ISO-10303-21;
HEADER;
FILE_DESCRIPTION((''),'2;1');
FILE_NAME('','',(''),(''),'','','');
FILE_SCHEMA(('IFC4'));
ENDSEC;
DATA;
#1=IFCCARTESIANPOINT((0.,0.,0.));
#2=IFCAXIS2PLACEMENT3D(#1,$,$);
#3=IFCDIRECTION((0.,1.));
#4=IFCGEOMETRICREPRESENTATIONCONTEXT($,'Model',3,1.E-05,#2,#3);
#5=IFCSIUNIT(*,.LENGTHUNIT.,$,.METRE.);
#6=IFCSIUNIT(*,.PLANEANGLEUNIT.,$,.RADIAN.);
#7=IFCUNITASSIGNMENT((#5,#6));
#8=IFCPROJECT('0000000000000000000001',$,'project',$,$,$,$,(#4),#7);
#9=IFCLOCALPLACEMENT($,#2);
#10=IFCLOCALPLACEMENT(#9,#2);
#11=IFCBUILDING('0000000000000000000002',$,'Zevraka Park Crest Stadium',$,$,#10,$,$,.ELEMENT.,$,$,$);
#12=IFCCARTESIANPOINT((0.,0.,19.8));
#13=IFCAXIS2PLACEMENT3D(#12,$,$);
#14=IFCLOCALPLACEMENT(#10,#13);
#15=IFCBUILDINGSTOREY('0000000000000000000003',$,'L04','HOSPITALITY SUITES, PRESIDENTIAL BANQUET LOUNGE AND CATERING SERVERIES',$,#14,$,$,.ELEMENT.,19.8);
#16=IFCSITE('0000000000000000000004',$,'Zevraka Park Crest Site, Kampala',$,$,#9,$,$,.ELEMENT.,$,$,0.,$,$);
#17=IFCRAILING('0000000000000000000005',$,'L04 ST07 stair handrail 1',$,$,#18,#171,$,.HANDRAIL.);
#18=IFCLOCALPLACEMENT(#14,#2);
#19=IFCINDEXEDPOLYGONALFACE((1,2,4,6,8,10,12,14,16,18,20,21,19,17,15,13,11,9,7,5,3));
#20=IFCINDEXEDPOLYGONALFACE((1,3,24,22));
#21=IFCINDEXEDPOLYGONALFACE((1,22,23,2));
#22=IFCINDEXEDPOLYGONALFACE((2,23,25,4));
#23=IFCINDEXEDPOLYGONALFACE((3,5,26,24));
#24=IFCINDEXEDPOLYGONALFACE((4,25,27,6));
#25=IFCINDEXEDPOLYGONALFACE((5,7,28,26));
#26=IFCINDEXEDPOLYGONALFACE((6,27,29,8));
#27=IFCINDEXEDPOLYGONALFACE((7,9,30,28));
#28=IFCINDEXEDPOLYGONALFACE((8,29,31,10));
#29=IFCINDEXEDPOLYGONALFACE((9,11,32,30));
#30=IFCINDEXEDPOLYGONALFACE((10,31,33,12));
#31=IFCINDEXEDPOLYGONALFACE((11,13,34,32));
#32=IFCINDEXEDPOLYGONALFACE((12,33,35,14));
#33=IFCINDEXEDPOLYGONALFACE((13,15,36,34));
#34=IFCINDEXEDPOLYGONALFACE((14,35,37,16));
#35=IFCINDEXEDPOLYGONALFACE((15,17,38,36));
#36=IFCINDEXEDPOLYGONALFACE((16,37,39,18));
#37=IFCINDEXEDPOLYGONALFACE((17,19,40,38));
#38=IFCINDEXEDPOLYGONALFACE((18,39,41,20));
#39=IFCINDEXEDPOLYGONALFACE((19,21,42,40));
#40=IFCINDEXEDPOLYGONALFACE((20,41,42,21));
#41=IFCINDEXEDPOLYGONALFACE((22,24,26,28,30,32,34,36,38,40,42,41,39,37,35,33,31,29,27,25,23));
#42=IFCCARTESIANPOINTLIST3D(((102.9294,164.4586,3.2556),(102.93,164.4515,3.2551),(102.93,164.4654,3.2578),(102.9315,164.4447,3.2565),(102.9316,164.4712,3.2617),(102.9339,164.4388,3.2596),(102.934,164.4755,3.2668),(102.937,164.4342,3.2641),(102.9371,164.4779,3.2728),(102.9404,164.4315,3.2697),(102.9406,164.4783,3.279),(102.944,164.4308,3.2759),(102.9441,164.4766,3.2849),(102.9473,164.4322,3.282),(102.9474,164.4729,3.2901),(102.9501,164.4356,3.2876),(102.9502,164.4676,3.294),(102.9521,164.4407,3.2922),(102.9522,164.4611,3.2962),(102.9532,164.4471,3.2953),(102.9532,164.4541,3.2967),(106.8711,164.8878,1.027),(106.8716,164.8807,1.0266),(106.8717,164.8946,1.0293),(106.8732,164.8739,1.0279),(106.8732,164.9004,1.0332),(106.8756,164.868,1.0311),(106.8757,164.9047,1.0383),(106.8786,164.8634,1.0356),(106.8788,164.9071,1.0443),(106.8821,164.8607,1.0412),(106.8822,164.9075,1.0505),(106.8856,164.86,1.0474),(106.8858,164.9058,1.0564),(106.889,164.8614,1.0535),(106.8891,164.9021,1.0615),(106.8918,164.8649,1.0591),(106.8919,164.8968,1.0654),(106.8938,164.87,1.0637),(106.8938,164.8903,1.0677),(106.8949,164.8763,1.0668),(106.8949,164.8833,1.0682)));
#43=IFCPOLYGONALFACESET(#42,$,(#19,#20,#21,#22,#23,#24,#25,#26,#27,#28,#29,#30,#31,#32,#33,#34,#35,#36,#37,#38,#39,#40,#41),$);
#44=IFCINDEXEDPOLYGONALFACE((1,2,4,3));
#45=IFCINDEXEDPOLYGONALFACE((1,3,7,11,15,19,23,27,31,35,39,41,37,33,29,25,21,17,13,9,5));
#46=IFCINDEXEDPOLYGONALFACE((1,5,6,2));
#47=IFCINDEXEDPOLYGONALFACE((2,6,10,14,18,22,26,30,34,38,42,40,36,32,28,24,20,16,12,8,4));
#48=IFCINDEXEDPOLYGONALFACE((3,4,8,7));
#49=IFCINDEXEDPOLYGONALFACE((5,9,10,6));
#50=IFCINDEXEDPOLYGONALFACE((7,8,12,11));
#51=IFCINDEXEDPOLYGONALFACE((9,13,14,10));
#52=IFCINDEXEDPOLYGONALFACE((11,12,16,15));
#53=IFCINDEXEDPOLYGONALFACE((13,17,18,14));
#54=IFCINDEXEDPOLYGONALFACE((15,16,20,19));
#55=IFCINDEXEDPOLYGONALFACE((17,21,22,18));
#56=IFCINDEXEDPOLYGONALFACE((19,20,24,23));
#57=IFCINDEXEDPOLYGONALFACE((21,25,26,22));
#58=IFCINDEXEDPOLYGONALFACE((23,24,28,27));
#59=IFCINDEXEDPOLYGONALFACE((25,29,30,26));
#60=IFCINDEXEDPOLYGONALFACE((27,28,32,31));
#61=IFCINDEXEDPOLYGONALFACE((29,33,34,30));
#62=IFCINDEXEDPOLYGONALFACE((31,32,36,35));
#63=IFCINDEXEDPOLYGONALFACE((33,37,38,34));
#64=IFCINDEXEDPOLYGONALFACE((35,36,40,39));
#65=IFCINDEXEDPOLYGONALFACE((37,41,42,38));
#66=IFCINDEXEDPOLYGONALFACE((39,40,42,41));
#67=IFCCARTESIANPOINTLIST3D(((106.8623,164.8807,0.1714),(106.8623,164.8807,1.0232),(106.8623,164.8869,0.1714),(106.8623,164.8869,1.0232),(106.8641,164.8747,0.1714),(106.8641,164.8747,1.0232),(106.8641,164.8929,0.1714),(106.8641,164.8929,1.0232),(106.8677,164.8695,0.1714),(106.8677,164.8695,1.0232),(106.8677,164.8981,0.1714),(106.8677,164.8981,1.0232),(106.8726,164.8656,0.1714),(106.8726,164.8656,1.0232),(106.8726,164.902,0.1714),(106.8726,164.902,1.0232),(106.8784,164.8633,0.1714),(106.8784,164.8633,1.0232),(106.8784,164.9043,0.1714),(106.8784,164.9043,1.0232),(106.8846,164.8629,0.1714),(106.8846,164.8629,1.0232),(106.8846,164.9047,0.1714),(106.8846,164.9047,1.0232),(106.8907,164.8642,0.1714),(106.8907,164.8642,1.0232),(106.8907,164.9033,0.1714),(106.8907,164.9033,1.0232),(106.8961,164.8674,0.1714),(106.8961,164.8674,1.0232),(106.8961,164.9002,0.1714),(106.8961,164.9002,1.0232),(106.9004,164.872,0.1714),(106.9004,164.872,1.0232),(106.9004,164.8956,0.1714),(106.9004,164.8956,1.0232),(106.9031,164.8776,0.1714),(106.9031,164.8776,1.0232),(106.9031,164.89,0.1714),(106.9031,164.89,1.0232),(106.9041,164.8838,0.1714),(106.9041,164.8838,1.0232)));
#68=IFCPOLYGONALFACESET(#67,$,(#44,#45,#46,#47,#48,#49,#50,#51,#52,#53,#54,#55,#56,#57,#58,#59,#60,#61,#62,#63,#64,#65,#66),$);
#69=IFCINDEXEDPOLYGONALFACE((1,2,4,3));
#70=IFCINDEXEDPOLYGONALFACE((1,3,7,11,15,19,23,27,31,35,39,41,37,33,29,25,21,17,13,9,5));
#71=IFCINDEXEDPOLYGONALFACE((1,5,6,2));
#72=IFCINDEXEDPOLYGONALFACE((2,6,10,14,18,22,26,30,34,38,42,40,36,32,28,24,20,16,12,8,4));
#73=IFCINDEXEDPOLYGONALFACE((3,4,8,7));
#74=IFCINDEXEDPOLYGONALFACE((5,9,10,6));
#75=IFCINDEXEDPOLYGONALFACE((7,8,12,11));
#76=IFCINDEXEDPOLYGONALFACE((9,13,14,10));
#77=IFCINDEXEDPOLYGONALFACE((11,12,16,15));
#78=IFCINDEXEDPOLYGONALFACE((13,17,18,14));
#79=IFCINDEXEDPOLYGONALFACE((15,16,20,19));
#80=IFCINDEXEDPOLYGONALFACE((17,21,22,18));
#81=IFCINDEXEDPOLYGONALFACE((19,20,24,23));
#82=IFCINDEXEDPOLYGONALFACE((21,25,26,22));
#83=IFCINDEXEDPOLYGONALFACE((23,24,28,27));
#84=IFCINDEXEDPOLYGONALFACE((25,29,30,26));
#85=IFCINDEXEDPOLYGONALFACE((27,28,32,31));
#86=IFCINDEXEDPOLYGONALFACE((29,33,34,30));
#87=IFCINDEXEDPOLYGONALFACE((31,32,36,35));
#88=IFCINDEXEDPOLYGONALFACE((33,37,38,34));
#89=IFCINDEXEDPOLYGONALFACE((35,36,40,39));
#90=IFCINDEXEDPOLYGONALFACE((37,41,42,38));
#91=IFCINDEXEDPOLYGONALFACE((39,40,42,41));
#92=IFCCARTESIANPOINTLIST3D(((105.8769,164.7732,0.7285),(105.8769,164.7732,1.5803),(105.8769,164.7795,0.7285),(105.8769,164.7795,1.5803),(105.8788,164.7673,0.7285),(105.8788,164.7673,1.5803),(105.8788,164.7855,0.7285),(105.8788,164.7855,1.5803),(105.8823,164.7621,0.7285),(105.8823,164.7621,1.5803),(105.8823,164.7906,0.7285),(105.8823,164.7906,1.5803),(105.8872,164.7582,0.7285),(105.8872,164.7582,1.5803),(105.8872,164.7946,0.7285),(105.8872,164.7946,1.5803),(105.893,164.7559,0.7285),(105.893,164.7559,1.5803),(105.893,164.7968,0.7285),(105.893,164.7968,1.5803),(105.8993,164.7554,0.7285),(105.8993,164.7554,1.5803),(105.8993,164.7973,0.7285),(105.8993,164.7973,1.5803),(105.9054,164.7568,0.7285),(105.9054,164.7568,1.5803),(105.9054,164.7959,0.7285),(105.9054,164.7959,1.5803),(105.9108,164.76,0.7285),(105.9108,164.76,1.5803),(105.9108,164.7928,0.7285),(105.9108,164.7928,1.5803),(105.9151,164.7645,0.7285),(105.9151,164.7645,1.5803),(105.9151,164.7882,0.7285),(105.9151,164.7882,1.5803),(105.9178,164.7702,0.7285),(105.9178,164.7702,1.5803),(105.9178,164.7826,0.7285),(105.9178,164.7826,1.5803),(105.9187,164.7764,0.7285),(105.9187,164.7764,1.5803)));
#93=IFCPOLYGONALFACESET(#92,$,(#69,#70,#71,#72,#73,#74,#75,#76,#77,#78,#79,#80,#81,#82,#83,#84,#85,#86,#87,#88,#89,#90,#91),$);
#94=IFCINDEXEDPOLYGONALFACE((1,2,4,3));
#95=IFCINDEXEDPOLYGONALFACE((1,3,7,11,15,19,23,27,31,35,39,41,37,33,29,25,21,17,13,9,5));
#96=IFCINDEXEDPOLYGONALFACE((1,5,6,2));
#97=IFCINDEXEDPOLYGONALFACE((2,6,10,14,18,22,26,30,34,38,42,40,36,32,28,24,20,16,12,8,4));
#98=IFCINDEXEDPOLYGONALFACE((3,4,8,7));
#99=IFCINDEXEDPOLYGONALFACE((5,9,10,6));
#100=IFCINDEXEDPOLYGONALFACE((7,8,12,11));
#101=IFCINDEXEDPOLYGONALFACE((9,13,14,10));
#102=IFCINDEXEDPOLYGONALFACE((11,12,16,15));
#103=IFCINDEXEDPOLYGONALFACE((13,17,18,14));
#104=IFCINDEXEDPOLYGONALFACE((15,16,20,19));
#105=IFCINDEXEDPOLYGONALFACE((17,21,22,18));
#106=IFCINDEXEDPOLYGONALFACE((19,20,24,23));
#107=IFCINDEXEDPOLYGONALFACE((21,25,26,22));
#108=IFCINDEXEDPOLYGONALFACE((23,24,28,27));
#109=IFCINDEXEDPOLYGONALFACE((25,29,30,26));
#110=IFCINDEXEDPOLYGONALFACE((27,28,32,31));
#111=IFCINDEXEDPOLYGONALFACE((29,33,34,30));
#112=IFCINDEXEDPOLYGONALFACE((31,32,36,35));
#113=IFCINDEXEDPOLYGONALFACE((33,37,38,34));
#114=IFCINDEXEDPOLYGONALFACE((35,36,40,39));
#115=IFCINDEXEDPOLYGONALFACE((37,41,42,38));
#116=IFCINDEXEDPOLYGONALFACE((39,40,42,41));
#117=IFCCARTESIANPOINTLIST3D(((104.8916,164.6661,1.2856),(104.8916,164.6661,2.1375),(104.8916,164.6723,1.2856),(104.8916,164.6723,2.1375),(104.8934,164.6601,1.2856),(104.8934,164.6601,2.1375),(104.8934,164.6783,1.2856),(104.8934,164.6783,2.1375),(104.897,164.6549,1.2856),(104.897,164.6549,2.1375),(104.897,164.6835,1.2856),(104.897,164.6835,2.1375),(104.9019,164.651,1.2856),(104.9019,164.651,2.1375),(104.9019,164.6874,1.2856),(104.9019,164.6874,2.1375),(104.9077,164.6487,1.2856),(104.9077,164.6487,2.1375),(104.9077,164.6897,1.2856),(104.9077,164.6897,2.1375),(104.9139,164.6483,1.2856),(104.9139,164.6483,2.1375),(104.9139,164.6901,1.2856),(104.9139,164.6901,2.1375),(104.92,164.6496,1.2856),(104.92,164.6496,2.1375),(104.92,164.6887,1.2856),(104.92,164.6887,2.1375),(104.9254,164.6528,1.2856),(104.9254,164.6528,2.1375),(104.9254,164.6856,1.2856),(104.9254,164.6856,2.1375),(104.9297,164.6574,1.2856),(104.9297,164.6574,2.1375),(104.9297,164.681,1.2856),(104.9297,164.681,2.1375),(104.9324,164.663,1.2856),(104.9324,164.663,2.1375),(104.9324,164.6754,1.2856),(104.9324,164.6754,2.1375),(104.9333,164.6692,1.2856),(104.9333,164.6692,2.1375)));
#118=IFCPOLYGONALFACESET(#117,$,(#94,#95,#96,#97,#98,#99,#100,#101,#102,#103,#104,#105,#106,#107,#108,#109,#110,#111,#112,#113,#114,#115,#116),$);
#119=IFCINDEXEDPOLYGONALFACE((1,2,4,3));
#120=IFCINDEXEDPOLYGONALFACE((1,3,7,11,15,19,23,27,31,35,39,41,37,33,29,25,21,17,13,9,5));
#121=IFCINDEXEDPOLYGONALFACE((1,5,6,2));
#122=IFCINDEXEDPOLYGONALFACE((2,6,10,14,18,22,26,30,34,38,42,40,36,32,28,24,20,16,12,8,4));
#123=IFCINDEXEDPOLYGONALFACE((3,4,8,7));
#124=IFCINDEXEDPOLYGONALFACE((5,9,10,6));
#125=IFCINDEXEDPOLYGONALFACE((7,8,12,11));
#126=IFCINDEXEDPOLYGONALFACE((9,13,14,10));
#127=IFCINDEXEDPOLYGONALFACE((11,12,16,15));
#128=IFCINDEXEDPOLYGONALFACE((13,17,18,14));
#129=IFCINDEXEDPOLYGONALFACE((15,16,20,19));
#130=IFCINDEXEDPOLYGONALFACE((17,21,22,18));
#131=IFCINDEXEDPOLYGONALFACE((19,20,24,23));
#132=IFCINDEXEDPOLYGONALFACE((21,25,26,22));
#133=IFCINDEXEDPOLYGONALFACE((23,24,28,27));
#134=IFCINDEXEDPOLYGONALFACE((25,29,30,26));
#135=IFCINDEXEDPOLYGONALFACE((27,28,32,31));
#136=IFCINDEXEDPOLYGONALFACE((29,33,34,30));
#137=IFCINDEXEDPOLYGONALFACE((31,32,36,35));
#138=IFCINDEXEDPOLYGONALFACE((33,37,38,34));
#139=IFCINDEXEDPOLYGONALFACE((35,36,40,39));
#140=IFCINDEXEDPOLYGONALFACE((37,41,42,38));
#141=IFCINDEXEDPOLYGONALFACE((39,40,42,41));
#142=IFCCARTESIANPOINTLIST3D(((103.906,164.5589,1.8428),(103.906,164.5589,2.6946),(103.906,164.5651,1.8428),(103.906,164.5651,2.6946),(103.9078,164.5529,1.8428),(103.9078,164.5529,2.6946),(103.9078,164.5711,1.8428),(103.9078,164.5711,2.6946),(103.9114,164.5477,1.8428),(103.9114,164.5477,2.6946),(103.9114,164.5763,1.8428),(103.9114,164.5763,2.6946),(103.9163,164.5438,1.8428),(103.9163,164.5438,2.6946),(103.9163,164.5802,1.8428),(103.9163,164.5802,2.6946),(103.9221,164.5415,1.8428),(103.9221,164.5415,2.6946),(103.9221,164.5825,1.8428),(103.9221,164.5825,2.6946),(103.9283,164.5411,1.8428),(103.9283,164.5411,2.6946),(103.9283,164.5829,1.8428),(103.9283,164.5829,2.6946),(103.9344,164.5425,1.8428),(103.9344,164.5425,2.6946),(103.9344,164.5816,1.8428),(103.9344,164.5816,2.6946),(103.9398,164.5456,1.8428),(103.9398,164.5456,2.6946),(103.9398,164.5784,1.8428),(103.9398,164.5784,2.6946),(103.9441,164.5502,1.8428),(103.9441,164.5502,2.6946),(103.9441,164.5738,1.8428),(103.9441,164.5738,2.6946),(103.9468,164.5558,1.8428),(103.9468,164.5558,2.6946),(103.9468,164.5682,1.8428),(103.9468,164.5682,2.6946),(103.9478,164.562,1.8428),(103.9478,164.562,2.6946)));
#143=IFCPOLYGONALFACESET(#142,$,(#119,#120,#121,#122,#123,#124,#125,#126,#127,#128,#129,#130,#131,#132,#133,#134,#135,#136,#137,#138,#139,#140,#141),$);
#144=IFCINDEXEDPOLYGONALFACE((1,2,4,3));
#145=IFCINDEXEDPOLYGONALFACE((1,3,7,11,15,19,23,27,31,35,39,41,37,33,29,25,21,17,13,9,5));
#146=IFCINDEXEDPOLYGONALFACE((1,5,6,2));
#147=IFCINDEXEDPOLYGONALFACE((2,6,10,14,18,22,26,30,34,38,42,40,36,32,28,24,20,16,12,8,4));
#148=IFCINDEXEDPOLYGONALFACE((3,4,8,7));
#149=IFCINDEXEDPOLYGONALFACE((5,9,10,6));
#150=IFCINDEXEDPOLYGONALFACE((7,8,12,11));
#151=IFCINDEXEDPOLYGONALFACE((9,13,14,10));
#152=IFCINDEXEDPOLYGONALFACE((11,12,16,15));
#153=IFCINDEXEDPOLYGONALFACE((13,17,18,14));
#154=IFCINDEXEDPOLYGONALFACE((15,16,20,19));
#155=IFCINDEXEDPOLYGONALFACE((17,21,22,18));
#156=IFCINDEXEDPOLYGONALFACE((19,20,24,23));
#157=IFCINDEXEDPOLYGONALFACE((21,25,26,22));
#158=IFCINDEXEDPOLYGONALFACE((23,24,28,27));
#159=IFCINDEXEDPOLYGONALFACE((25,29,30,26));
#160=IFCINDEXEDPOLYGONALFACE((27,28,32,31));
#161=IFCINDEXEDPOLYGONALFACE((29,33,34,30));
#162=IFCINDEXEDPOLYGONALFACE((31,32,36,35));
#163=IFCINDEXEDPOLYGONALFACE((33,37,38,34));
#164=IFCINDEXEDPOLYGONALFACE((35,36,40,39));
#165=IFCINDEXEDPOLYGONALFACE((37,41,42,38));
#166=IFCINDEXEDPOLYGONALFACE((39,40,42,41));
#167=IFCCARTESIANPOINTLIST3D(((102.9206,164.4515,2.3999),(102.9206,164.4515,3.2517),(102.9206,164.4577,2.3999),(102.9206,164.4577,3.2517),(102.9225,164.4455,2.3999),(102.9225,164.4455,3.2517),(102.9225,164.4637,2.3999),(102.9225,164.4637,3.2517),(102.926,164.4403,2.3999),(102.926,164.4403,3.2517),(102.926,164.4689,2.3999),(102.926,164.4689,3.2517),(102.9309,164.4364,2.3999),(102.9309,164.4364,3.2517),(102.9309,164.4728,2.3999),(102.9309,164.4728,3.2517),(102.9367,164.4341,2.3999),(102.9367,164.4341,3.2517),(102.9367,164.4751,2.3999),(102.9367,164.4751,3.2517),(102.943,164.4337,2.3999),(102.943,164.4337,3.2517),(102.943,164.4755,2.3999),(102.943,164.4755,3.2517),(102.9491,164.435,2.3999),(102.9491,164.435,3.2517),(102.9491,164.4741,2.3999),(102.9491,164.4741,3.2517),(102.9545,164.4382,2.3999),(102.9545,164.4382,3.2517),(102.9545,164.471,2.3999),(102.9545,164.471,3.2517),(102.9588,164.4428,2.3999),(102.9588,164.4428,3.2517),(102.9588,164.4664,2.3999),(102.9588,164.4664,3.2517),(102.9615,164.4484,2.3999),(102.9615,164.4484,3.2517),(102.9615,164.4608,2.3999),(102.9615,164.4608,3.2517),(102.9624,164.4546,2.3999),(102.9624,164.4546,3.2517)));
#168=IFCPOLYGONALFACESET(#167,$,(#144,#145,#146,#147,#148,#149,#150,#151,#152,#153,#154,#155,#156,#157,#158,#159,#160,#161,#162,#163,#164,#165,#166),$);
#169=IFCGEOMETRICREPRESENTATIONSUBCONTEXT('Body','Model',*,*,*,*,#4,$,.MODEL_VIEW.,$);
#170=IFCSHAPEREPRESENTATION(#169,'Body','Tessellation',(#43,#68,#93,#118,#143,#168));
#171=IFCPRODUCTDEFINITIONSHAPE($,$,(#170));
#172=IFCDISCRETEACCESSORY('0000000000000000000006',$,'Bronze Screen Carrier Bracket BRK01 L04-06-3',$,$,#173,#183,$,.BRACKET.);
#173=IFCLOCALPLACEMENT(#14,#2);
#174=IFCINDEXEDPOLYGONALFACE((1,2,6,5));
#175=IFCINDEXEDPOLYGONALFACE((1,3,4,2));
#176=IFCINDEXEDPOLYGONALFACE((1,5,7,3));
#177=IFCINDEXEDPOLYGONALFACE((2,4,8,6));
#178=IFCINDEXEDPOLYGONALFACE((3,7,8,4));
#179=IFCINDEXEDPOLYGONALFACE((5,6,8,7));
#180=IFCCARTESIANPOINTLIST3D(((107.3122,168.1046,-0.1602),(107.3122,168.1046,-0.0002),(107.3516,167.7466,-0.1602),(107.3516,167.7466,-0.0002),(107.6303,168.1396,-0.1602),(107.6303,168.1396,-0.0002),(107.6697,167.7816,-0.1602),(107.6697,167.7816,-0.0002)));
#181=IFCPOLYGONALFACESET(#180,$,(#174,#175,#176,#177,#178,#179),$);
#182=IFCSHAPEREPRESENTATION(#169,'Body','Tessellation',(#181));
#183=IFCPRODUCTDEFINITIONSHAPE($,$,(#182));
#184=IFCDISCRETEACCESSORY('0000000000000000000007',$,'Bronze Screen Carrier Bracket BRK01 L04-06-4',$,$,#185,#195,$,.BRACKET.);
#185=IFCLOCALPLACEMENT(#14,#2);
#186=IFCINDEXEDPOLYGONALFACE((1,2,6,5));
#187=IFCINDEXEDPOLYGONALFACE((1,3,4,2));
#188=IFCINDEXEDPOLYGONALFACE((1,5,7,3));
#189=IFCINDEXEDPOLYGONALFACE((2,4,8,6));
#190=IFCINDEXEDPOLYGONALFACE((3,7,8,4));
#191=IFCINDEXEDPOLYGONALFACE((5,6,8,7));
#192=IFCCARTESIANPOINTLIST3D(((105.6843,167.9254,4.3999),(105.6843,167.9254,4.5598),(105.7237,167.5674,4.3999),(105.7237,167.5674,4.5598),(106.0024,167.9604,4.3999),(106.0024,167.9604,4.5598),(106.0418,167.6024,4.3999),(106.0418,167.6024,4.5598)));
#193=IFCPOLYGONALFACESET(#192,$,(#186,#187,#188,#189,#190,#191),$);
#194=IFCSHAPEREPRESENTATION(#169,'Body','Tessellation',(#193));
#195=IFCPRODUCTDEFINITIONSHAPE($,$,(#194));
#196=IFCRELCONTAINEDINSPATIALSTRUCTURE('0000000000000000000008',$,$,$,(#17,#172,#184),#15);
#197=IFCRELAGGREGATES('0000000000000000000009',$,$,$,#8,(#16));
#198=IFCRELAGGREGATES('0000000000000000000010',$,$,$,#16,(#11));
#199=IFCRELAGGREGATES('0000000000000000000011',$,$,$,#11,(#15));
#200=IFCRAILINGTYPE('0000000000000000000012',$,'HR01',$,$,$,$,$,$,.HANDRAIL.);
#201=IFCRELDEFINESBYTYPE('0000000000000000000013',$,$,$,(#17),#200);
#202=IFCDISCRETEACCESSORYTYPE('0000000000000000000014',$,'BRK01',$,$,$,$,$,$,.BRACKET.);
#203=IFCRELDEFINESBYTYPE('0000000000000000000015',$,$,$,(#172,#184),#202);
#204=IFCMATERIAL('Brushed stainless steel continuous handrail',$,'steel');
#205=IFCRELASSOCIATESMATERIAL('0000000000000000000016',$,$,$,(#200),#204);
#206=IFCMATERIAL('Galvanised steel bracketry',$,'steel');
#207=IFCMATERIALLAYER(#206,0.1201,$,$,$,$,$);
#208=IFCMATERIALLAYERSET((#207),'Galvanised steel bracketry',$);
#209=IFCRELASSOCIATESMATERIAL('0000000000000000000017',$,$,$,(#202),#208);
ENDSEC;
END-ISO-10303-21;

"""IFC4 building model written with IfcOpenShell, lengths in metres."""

from ifc_helpers import new_model, si_unit, direction, frame, origin, origin_2d, place, context, subcontext, project, spatial, rectangle, circle, extrude, material, layer, layer_set, type_object, element, save


model = new_model("IFC4")

# Units and contexts
model_context = context("Model", 3, precision=1e-05, world=origin(), true_north=direction((0.0, 1.0)))
body_context = subcontext(model_context, "Body", "Model", "MODEL_VIEW")
ifc_project = project(units=[si_unit("LENGTHUNIT", "METRE"), si_unit("PLANEANGLEUNIT", "RADIAN")], contexts=[model_context])

# Site, building, storey
site_placement = place(None, origin())
site = spatial("IfcSite", under=ifc_project, at=site_placement, Name="Zevraka Park Crest Site, Kampala", CompositionType="ELEMENT", RefElevation=0.0)
building_placement = place(site_placement, origin())
building = spatial("IfcBuilding", under=site, at=building_placement, Name="Zevraka Park Crest Stadium", CompositionType="ELEMENT")
storey_placement = place(building_placement, frame((0.0, 0.0, 19.8)))
storey = spatial("IfcBuildingStorey", under=building, at=storey_placement, Name="L04", Description="HOSPITALITY SUITES, PRESIDENTIAL BANQUET LOUNGE AND CATERING SERVERIES", CompositionType="ELEMENT", Elevation=19.8)

# Railing
ifc_material_1 = material(Name="Brushed stainless steel continuous handrail", Category="steel")
railing_type_1 = type_object("IfcRailingType", Name="HR01", PredefinedType="HANDRAIL", material=ifc_material_1)
railing_1_placement = place(storey_placement, frame((106.8831, 164.8838, 0.1714)))
element("IfcRailing", 1, at=railing_1_placement, inside=storey, type_object=railing_type_1, Name="L04 ST07 stair handrail 1", PredefinedType="HANDRAIL", context=body_context, shape_type="SweptSolid", body=[
    extrude(circle(Radius=0.0239, at=origin_2d()), frame((0.0, 0.0, 0.876), z_axis=(-0.866619, -0.094365, 0.489966), x_axis=(0.108248, -0.994124, 0.0)), (0.0, 0.0, 1.0), 4.5483),
    extrude(circle(Radius=0.021, at=origin_2d()), origin(), (0.0, 0.0, 1.0), 0.8518),
    extrude(circle(Radius=0.021, at=origin_2d()), frame((-0.9854, -0.1074, 0.5571)), (0.0, 0.0, 1.0), 0.8518),
    extrude(circle(Radius=0.021, at=origin_2d()), frame((-1.9707, -0.2146, 1.1143)), (0.0, 0.0, 1.0), 0.8518),
    extrude(circle(Radius=0.021, at=origin_2d()), frame((-2.9563, -0.3218, 1.6714)), (0.0, 0.0, 1.0), 0.8518),
    extrude(circle(Radius=0.021, at=origin_2d()), frame((-3.9417, -0.4292, 2.2285)), (0.0, 0.0, 1.0), 0.8518),
])

# Discrete accessories
ifc_material_2 = material(Name="Galvanised steel bracketry", Category="steel")
ifc_layer_1 = layer(ifc_material_2, 0.1201)
ifc_layer_set_1 = layer_set([ifc_layer_1], Name="Galvanised steel bracketry")
discrete_accessory_type = type_object("IfcDiscreteAccessoryType", Name="BRK01", PredefinedType="BRACKET", material=ifc_layer_set_1)
for number, where, z_axis, x_axis, name in (
    (2, (107.491, 167.9431, -0.1602), (0.0, 0.0, 1.0), (-0.993999, -0.109387, 0.0), "Bronze Screen Carrier Bracket BRK01 L04-06-3"),
    (3, (105.863, 167.7639, 4.3999), (0.0, 0.0, 1.0), (-0.993999, -0.109387, 0.0), "Bronze Screen Carrier Bracket BRK01 L04-06-4"),
):
    element("IfcDiscreteAccessory", number, at=place(storey_placement, frame(where, z_axis=z_axis, x_axis=x_axis)), inside=storey, type_object=discrete_accessory_type, Name=name, PredefinedType="BRACKET", context=body_context, shape_type="SweptSolid", body=[
        extrude(rectangle(XDim=0.3201, YDim=0.3601, at=origin_2d()), origin(), (0.0, 0.0, 1.0), 0.1599),
    ])

save(model, "model.ifc")
